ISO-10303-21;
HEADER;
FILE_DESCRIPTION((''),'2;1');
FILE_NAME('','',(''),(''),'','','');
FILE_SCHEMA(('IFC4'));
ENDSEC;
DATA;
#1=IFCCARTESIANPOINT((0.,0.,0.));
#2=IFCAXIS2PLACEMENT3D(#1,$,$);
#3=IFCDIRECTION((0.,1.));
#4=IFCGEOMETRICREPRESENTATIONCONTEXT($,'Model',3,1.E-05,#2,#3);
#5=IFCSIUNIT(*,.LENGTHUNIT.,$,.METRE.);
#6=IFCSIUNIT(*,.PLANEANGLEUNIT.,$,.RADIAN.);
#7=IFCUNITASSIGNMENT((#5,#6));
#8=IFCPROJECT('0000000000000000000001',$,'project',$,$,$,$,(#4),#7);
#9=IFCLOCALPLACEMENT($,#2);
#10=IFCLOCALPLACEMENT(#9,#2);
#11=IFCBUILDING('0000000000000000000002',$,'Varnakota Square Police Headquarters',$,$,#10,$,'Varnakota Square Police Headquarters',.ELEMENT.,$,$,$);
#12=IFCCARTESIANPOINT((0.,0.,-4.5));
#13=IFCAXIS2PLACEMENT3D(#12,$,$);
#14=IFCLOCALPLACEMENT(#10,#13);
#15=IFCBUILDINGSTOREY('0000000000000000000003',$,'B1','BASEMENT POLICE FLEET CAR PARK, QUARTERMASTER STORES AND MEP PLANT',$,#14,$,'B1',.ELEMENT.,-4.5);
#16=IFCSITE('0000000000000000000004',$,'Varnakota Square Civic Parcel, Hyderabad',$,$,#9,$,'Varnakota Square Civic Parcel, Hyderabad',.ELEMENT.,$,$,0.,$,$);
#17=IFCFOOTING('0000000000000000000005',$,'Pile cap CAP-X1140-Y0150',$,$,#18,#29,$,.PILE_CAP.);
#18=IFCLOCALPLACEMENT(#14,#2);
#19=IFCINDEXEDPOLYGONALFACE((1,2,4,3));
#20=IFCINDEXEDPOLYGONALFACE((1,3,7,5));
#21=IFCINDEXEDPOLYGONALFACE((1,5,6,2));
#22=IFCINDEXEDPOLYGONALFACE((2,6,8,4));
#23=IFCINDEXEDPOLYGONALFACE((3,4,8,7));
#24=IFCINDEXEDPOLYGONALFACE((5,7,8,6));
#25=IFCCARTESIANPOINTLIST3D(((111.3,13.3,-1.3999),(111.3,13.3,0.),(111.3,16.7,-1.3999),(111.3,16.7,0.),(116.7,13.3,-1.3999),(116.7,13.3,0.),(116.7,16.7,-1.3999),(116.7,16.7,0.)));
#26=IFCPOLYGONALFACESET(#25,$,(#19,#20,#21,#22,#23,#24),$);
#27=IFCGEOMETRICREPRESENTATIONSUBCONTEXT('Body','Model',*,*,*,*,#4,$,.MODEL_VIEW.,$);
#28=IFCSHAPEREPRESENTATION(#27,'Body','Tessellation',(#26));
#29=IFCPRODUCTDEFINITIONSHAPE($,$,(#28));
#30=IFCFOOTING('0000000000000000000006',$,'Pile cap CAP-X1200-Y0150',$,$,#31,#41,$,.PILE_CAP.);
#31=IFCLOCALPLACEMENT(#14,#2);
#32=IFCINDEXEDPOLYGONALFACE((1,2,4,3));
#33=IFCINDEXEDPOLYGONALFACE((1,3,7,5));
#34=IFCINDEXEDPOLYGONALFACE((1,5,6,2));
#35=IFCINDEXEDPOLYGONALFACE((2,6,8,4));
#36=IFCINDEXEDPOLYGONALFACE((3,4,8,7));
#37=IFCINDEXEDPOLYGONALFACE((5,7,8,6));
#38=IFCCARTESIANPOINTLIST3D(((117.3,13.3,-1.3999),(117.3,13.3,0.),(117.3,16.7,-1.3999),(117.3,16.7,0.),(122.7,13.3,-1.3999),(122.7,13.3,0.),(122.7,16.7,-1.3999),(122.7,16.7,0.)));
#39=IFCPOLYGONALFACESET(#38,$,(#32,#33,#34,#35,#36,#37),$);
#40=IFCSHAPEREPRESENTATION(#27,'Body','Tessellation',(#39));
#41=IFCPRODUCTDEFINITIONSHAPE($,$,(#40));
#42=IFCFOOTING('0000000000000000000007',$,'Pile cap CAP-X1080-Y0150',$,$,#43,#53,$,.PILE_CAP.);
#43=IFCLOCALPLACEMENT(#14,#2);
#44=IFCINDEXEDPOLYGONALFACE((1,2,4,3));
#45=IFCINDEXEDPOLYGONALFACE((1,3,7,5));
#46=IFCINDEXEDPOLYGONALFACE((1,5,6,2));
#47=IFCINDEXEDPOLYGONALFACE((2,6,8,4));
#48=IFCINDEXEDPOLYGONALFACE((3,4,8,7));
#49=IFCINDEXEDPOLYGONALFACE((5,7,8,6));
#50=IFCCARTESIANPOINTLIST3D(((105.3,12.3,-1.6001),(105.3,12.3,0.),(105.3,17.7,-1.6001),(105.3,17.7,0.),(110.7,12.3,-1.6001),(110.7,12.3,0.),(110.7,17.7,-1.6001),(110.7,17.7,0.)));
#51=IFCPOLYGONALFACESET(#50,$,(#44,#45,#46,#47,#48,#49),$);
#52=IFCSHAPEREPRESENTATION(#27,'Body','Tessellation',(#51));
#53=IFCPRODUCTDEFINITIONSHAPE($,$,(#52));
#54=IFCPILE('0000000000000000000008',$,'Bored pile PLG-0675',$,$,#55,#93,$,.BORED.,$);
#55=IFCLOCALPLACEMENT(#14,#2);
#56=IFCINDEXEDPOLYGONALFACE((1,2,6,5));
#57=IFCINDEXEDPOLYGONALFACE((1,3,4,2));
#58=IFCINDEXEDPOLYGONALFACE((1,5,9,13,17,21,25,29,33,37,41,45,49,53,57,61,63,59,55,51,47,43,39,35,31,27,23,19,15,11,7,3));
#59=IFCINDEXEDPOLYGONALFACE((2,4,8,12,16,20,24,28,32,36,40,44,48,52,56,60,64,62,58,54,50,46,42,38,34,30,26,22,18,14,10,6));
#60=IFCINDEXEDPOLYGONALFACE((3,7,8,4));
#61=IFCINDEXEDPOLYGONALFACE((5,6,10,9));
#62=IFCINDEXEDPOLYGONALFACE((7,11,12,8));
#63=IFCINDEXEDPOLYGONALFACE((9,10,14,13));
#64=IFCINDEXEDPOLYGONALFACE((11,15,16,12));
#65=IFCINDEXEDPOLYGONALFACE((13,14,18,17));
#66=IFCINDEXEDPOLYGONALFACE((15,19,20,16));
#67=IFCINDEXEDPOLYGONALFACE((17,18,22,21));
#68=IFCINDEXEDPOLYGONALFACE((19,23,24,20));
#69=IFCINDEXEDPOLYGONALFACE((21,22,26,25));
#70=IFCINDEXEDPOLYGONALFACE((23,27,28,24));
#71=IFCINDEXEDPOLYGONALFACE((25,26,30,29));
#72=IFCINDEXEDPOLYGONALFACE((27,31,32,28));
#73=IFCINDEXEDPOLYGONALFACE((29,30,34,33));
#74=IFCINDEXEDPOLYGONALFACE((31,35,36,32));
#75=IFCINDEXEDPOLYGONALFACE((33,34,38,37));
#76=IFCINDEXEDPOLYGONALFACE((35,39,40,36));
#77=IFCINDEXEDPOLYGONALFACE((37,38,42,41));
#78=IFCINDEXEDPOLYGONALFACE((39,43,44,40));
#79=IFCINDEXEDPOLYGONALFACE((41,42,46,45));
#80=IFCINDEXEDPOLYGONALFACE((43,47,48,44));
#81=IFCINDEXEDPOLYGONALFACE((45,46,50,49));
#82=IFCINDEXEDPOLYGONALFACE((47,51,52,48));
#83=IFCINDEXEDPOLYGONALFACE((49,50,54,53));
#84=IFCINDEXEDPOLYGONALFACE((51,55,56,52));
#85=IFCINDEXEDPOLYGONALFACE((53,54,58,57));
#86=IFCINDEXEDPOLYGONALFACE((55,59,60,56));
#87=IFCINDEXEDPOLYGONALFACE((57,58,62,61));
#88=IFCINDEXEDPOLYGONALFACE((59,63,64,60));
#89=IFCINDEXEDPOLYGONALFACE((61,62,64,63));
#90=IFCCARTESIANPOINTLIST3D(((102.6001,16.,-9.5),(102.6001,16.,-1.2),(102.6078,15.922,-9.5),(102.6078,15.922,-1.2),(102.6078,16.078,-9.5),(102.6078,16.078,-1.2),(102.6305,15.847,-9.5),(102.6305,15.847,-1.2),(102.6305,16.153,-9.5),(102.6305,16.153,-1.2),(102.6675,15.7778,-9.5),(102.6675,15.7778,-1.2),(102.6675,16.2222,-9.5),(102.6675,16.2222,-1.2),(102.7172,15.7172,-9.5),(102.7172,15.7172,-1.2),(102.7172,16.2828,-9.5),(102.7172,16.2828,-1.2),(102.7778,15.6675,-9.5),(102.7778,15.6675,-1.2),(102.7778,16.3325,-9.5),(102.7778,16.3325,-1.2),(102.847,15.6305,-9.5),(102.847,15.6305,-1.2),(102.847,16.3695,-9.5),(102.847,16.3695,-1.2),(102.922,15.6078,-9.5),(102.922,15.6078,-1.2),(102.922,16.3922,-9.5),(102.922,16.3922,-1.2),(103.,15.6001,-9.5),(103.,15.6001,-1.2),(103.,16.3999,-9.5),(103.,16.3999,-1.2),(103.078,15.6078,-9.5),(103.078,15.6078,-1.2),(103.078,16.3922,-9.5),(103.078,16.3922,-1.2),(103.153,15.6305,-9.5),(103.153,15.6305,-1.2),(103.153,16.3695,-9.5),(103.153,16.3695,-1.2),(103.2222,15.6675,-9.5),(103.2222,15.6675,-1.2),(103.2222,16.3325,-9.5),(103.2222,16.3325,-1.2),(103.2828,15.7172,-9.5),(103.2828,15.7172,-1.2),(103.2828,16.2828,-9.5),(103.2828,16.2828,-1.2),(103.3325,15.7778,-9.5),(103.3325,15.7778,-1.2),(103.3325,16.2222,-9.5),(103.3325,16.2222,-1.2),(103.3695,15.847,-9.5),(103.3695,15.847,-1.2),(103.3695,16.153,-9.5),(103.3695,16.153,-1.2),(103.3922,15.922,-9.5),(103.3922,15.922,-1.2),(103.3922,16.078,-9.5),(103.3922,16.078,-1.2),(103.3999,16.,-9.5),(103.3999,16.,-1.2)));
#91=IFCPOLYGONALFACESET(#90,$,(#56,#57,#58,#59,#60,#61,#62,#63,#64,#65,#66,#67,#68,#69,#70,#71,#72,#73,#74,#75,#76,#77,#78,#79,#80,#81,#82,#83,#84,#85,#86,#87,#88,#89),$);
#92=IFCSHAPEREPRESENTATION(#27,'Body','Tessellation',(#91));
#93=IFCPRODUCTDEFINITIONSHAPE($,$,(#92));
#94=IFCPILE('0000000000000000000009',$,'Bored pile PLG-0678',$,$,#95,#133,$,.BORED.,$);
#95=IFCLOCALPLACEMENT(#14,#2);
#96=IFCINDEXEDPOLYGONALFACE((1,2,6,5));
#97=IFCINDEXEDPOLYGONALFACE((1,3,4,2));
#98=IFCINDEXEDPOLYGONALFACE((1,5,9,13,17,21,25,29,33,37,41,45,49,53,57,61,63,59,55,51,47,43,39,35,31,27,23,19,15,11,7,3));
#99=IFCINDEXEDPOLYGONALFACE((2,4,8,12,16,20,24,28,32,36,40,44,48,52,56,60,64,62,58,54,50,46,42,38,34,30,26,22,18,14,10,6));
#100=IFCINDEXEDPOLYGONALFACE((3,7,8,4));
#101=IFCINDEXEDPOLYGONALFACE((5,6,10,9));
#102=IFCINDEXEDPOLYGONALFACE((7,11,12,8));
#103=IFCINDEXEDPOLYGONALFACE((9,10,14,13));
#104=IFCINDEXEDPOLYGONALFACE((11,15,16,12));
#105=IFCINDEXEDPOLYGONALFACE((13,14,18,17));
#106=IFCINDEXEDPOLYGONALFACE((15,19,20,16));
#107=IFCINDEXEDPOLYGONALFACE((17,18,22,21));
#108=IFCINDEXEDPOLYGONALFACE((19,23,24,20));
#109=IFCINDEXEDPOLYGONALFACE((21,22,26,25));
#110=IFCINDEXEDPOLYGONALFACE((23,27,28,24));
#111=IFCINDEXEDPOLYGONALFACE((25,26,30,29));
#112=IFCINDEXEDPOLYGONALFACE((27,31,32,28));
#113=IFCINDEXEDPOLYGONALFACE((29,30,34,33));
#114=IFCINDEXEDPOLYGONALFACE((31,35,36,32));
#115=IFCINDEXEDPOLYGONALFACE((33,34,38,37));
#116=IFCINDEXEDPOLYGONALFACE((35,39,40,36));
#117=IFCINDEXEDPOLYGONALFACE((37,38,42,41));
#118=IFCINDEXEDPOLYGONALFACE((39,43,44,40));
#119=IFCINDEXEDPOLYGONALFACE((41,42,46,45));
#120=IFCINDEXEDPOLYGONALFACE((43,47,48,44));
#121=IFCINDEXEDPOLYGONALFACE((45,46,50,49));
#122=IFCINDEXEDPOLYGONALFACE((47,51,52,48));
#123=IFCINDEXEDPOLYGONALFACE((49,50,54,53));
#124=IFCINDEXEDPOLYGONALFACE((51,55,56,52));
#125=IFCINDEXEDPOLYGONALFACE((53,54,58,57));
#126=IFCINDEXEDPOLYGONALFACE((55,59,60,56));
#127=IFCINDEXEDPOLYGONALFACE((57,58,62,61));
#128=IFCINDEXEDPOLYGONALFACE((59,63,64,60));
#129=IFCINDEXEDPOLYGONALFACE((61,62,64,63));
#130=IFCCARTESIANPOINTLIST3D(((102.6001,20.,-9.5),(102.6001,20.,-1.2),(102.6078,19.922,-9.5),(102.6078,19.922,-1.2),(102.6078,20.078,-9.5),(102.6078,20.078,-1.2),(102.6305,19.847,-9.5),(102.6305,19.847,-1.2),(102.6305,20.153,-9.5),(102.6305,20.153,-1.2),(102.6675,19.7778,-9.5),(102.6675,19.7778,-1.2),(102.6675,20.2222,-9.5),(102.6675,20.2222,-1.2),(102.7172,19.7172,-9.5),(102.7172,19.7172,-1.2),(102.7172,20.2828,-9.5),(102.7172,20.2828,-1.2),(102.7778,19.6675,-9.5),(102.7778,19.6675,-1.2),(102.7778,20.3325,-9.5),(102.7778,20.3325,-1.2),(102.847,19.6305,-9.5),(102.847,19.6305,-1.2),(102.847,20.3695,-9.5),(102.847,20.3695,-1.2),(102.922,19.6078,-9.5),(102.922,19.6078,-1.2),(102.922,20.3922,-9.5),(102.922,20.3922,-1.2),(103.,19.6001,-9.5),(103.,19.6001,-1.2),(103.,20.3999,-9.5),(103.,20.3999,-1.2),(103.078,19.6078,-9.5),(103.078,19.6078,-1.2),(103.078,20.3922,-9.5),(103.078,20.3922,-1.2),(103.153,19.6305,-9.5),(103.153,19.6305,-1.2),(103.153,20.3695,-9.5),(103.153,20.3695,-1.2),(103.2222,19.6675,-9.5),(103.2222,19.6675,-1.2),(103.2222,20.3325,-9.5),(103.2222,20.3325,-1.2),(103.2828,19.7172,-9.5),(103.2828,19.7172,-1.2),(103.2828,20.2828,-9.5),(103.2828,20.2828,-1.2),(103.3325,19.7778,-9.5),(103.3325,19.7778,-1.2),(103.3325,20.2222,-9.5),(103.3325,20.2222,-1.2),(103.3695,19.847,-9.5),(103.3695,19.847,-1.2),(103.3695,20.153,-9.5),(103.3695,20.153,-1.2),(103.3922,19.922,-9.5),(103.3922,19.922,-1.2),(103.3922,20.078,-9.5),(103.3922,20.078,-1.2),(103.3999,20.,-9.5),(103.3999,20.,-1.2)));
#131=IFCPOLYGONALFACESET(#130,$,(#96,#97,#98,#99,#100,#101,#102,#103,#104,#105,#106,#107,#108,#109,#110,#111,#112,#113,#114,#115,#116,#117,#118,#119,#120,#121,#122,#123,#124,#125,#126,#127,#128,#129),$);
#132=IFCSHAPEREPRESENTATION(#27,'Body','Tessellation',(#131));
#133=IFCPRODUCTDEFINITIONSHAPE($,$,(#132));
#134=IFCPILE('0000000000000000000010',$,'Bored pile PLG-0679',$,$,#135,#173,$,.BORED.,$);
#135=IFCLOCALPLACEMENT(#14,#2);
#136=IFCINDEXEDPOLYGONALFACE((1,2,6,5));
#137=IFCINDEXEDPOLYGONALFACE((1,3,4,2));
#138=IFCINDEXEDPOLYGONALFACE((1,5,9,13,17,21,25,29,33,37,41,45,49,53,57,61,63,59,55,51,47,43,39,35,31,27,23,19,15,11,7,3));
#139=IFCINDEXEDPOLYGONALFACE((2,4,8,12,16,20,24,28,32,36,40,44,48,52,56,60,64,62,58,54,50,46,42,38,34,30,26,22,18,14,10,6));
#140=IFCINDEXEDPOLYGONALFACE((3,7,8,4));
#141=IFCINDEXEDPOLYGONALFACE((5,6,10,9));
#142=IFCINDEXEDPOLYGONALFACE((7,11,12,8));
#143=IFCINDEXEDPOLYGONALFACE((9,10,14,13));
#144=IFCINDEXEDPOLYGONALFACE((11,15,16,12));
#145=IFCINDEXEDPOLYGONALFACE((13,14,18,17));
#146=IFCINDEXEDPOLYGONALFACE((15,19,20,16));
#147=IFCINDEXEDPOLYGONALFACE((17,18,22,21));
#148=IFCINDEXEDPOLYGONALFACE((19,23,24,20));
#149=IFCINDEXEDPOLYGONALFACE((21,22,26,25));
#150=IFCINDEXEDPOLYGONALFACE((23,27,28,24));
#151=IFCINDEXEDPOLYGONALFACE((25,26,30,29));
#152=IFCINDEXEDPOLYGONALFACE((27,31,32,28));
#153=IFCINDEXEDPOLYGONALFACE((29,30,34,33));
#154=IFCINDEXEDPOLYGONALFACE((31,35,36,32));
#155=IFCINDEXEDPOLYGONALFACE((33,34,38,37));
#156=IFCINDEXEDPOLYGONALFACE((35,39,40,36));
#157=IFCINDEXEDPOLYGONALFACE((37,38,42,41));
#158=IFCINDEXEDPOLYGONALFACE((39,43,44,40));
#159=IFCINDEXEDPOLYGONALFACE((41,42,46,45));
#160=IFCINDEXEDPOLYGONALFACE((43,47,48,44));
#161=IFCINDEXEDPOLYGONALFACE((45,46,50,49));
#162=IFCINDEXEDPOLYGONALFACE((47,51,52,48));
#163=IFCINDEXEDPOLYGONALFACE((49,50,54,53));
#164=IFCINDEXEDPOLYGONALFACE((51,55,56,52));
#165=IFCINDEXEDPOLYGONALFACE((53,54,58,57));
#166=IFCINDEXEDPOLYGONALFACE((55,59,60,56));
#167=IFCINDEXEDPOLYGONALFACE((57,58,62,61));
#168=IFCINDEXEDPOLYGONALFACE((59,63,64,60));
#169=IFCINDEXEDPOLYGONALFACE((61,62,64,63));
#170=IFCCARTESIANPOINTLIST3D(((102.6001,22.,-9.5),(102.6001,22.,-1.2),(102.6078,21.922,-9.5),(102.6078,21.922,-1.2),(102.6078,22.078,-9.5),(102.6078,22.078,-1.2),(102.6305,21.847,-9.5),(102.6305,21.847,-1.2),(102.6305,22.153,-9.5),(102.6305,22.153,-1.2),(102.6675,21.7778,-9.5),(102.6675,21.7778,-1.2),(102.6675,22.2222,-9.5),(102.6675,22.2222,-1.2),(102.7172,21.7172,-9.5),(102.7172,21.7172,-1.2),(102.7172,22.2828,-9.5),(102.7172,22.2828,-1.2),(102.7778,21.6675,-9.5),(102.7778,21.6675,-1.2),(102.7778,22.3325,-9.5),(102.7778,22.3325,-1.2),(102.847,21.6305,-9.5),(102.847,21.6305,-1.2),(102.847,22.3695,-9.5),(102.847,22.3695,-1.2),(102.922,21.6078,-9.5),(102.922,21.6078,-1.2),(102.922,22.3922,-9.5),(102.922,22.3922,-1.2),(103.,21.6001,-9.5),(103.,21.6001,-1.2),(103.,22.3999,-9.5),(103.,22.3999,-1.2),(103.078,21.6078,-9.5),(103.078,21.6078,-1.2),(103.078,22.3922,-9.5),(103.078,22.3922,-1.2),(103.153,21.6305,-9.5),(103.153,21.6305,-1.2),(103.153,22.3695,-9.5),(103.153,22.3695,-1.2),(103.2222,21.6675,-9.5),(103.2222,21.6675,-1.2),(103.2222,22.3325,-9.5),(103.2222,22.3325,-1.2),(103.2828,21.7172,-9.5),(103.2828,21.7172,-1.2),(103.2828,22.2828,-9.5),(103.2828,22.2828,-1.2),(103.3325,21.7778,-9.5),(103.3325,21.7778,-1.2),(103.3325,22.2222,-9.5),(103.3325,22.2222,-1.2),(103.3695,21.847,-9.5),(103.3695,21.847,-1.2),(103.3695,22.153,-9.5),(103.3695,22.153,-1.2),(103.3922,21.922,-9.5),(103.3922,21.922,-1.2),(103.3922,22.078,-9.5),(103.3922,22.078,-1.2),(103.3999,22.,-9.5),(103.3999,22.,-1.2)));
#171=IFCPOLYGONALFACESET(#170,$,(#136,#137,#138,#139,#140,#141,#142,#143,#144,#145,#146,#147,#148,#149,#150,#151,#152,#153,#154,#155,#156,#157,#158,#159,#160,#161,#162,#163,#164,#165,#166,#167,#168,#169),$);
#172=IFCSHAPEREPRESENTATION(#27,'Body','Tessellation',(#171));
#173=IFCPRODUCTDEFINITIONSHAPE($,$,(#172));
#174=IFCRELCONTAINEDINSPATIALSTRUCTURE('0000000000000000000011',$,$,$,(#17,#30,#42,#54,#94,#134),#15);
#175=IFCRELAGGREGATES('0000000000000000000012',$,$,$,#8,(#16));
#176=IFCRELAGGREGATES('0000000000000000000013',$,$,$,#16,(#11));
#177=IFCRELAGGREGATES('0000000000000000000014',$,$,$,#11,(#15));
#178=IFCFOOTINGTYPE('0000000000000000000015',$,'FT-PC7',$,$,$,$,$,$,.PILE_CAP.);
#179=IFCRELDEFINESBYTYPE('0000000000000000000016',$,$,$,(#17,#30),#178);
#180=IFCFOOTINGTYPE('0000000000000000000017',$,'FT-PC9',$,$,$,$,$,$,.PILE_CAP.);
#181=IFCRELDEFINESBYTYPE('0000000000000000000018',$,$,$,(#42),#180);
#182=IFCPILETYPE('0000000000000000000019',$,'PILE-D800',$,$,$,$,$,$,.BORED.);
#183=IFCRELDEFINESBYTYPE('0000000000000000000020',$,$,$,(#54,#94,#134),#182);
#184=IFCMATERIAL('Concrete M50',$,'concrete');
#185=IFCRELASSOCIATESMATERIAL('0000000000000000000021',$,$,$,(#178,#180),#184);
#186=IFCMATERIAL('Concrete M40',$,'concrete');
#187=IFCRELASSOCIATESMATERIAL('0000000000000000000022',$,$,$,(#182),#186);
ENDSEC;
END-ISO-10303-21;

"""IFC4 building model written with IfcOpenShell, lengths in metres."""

from ifc_helpers import new_model, si_unit, direction, frame, origin, origin_2d, place, context, subcontext, project, spatial, rectangle, circle, extrude, material, material_profile, profile_set, type_object, element, save


model = new_model("IFC4")

# Units and contexts
model_context = context("Model", 3, precision=1e-05, world=origin(), true_north=direction((0.0, 1.0)))
body_context = subcontext(model_context, "Body", "Model", "MODEL_VIEW")
ifc_project = project(units=[si_unit("LENGTHUNIT", "METRE"), si_unit("PLANEANGLEUNIT", "RADIAN")], contexts=[model_context])

# Site, building, storey
site_placement = place(None, origin())
site = spatial("IfcSite", under=ifc_project, at=site_placement, Name="Varnakota Square Civic Parcel, Hyderabad", LongName="Varnakota Square Civic Parcel, Hyderabad", CompositionType="ELEMENT", RefElevation=0.0)
building_placement = place(site_placement, origin())
building = spatial("IfcBuilding", under=site, at=building_placement, Name="Varnakota Square Police Headquarters", LongName="Varnakota Square Police Headquarters", CompositionType="ELEMENT")
storey_placement = place(building_placement, frame((0.0, 0.0, -4.5)))
storey = spatial("IfcBuildingStorey", under=building, at=storey_placement, Name="B1", Description="BASEMENT POLICE FLEET CAR PARK, QUARTERMASTER STORES AND MEP PLANT", LongName="B1", CompositionType="ELEMENT", Elevation=-4.5)

# Footings
ifc_material_1 = material(Name="Concrete M50", Category="concrete")
footing_type_1 = type_object("IfcFootingType", Name="FT-PC7", PredefinedType="PILE_CAP", material=ifc_material_1)
for number, where, z_axis, x_axis, name in (
    (1, (114.0, 15.0, -1.3999), (0.0, 0.0, 1.0), (1.0, 0.0, 0.0), "Pile cap CAP-X1140-Y0150"),
    (2, (120.0, 15.0, -1.3999), (0.0, 0.0, 1.0), (1.0, 0.0, 0.0), "Pile cap CAP-X1200-Y0150"),
):
    element("IfcFooting", number, at=place(storey_placement, frame(where, z_axis=z_axis, x_axis=x_axis)), inside=storey, type_object=footing_type_1, Name=name, PredefinedType="PILE_CAP", context=body_context, shape_type="SweptSolid", body=[
        extrude(rectangle(XDim=5.3999, YDim=3.3999, at=origin_2d()), origin(), (0.0, 0.0, 1.0), 1.3999),
    ])
footing_type_2 = type_object("IfcFootingType", Name="FT-PC9", PredefinedType="PILE_CAP", material=ifc_material_1)
footing_placement = place(storey_placement, frame((108.0, 15.0, -1.6001), z_axis=(0.0, 0.0, 1.0), x_axis=(1.0, 0.0, 0.0)))
element("IfcFooting", 3, at=footing_placement, inside=storey, type_object=footing_type_2, Name="Pile cap CAP-X1080-Y0150", PredefinedType="PILE_CAP", context=body_context, shape_type="SweptSolid", body=[
    extrude(rectangle(XDim=5.3999, YDim=5.3999, at=origin_2d()), origin(), (0.0, 0.0, 1.0), 1.6001),
])

# Piles
ifc_material_2 = material(Name="Concrete M40", Category="concrete")
ifc_material_profile_1 = material_profile(ifc_material_2, circle(Radius=0.3999, at=origin_2d()), Name="BORED PILE 800")
ifc_profile_set_1 = profile_set([ifc_material_profile_1], Name="Concrete M40")
pile_type = type_object("IfcPileType", Name="PILE-D800", PredefinedType="BORED", material=ifc_profile_set_1)
for number, where, z_axis, x_axis, name in (
    (4, (103.0, 16.0, -1.2), (0.0, 0.0, -1.0), (1.0, 0.0, 0.0), "Bored pile PLG-0675"),
    (5, (103.0, 20.0, -1.2), (0.0, 0.0, -1.0), (1.0, 0.0, 0.0), "Bored pile PLG-0678"),
    (6, (103.0, 22.0, -1.2), (0.0, 0.0, -1.0), (1.0, 0.0, 0.0), "Bored pile PLG-0679"),
):
    element("IfcPile", number, at=place(storey_placement, frame(where, z_axis=z_axis, x_axis=x_axis)), inside=storey, type_object=pile_type, Name=name, PredefinedType="BORED", context=body_context, shape_type="SweptSolid", body=[
        extrude(circle(Radius=0.3999, at=origin_2d()), origin(), (0.0, 0.0, 1.0), 8.3),
    ])

save(model, "model.ifc")
